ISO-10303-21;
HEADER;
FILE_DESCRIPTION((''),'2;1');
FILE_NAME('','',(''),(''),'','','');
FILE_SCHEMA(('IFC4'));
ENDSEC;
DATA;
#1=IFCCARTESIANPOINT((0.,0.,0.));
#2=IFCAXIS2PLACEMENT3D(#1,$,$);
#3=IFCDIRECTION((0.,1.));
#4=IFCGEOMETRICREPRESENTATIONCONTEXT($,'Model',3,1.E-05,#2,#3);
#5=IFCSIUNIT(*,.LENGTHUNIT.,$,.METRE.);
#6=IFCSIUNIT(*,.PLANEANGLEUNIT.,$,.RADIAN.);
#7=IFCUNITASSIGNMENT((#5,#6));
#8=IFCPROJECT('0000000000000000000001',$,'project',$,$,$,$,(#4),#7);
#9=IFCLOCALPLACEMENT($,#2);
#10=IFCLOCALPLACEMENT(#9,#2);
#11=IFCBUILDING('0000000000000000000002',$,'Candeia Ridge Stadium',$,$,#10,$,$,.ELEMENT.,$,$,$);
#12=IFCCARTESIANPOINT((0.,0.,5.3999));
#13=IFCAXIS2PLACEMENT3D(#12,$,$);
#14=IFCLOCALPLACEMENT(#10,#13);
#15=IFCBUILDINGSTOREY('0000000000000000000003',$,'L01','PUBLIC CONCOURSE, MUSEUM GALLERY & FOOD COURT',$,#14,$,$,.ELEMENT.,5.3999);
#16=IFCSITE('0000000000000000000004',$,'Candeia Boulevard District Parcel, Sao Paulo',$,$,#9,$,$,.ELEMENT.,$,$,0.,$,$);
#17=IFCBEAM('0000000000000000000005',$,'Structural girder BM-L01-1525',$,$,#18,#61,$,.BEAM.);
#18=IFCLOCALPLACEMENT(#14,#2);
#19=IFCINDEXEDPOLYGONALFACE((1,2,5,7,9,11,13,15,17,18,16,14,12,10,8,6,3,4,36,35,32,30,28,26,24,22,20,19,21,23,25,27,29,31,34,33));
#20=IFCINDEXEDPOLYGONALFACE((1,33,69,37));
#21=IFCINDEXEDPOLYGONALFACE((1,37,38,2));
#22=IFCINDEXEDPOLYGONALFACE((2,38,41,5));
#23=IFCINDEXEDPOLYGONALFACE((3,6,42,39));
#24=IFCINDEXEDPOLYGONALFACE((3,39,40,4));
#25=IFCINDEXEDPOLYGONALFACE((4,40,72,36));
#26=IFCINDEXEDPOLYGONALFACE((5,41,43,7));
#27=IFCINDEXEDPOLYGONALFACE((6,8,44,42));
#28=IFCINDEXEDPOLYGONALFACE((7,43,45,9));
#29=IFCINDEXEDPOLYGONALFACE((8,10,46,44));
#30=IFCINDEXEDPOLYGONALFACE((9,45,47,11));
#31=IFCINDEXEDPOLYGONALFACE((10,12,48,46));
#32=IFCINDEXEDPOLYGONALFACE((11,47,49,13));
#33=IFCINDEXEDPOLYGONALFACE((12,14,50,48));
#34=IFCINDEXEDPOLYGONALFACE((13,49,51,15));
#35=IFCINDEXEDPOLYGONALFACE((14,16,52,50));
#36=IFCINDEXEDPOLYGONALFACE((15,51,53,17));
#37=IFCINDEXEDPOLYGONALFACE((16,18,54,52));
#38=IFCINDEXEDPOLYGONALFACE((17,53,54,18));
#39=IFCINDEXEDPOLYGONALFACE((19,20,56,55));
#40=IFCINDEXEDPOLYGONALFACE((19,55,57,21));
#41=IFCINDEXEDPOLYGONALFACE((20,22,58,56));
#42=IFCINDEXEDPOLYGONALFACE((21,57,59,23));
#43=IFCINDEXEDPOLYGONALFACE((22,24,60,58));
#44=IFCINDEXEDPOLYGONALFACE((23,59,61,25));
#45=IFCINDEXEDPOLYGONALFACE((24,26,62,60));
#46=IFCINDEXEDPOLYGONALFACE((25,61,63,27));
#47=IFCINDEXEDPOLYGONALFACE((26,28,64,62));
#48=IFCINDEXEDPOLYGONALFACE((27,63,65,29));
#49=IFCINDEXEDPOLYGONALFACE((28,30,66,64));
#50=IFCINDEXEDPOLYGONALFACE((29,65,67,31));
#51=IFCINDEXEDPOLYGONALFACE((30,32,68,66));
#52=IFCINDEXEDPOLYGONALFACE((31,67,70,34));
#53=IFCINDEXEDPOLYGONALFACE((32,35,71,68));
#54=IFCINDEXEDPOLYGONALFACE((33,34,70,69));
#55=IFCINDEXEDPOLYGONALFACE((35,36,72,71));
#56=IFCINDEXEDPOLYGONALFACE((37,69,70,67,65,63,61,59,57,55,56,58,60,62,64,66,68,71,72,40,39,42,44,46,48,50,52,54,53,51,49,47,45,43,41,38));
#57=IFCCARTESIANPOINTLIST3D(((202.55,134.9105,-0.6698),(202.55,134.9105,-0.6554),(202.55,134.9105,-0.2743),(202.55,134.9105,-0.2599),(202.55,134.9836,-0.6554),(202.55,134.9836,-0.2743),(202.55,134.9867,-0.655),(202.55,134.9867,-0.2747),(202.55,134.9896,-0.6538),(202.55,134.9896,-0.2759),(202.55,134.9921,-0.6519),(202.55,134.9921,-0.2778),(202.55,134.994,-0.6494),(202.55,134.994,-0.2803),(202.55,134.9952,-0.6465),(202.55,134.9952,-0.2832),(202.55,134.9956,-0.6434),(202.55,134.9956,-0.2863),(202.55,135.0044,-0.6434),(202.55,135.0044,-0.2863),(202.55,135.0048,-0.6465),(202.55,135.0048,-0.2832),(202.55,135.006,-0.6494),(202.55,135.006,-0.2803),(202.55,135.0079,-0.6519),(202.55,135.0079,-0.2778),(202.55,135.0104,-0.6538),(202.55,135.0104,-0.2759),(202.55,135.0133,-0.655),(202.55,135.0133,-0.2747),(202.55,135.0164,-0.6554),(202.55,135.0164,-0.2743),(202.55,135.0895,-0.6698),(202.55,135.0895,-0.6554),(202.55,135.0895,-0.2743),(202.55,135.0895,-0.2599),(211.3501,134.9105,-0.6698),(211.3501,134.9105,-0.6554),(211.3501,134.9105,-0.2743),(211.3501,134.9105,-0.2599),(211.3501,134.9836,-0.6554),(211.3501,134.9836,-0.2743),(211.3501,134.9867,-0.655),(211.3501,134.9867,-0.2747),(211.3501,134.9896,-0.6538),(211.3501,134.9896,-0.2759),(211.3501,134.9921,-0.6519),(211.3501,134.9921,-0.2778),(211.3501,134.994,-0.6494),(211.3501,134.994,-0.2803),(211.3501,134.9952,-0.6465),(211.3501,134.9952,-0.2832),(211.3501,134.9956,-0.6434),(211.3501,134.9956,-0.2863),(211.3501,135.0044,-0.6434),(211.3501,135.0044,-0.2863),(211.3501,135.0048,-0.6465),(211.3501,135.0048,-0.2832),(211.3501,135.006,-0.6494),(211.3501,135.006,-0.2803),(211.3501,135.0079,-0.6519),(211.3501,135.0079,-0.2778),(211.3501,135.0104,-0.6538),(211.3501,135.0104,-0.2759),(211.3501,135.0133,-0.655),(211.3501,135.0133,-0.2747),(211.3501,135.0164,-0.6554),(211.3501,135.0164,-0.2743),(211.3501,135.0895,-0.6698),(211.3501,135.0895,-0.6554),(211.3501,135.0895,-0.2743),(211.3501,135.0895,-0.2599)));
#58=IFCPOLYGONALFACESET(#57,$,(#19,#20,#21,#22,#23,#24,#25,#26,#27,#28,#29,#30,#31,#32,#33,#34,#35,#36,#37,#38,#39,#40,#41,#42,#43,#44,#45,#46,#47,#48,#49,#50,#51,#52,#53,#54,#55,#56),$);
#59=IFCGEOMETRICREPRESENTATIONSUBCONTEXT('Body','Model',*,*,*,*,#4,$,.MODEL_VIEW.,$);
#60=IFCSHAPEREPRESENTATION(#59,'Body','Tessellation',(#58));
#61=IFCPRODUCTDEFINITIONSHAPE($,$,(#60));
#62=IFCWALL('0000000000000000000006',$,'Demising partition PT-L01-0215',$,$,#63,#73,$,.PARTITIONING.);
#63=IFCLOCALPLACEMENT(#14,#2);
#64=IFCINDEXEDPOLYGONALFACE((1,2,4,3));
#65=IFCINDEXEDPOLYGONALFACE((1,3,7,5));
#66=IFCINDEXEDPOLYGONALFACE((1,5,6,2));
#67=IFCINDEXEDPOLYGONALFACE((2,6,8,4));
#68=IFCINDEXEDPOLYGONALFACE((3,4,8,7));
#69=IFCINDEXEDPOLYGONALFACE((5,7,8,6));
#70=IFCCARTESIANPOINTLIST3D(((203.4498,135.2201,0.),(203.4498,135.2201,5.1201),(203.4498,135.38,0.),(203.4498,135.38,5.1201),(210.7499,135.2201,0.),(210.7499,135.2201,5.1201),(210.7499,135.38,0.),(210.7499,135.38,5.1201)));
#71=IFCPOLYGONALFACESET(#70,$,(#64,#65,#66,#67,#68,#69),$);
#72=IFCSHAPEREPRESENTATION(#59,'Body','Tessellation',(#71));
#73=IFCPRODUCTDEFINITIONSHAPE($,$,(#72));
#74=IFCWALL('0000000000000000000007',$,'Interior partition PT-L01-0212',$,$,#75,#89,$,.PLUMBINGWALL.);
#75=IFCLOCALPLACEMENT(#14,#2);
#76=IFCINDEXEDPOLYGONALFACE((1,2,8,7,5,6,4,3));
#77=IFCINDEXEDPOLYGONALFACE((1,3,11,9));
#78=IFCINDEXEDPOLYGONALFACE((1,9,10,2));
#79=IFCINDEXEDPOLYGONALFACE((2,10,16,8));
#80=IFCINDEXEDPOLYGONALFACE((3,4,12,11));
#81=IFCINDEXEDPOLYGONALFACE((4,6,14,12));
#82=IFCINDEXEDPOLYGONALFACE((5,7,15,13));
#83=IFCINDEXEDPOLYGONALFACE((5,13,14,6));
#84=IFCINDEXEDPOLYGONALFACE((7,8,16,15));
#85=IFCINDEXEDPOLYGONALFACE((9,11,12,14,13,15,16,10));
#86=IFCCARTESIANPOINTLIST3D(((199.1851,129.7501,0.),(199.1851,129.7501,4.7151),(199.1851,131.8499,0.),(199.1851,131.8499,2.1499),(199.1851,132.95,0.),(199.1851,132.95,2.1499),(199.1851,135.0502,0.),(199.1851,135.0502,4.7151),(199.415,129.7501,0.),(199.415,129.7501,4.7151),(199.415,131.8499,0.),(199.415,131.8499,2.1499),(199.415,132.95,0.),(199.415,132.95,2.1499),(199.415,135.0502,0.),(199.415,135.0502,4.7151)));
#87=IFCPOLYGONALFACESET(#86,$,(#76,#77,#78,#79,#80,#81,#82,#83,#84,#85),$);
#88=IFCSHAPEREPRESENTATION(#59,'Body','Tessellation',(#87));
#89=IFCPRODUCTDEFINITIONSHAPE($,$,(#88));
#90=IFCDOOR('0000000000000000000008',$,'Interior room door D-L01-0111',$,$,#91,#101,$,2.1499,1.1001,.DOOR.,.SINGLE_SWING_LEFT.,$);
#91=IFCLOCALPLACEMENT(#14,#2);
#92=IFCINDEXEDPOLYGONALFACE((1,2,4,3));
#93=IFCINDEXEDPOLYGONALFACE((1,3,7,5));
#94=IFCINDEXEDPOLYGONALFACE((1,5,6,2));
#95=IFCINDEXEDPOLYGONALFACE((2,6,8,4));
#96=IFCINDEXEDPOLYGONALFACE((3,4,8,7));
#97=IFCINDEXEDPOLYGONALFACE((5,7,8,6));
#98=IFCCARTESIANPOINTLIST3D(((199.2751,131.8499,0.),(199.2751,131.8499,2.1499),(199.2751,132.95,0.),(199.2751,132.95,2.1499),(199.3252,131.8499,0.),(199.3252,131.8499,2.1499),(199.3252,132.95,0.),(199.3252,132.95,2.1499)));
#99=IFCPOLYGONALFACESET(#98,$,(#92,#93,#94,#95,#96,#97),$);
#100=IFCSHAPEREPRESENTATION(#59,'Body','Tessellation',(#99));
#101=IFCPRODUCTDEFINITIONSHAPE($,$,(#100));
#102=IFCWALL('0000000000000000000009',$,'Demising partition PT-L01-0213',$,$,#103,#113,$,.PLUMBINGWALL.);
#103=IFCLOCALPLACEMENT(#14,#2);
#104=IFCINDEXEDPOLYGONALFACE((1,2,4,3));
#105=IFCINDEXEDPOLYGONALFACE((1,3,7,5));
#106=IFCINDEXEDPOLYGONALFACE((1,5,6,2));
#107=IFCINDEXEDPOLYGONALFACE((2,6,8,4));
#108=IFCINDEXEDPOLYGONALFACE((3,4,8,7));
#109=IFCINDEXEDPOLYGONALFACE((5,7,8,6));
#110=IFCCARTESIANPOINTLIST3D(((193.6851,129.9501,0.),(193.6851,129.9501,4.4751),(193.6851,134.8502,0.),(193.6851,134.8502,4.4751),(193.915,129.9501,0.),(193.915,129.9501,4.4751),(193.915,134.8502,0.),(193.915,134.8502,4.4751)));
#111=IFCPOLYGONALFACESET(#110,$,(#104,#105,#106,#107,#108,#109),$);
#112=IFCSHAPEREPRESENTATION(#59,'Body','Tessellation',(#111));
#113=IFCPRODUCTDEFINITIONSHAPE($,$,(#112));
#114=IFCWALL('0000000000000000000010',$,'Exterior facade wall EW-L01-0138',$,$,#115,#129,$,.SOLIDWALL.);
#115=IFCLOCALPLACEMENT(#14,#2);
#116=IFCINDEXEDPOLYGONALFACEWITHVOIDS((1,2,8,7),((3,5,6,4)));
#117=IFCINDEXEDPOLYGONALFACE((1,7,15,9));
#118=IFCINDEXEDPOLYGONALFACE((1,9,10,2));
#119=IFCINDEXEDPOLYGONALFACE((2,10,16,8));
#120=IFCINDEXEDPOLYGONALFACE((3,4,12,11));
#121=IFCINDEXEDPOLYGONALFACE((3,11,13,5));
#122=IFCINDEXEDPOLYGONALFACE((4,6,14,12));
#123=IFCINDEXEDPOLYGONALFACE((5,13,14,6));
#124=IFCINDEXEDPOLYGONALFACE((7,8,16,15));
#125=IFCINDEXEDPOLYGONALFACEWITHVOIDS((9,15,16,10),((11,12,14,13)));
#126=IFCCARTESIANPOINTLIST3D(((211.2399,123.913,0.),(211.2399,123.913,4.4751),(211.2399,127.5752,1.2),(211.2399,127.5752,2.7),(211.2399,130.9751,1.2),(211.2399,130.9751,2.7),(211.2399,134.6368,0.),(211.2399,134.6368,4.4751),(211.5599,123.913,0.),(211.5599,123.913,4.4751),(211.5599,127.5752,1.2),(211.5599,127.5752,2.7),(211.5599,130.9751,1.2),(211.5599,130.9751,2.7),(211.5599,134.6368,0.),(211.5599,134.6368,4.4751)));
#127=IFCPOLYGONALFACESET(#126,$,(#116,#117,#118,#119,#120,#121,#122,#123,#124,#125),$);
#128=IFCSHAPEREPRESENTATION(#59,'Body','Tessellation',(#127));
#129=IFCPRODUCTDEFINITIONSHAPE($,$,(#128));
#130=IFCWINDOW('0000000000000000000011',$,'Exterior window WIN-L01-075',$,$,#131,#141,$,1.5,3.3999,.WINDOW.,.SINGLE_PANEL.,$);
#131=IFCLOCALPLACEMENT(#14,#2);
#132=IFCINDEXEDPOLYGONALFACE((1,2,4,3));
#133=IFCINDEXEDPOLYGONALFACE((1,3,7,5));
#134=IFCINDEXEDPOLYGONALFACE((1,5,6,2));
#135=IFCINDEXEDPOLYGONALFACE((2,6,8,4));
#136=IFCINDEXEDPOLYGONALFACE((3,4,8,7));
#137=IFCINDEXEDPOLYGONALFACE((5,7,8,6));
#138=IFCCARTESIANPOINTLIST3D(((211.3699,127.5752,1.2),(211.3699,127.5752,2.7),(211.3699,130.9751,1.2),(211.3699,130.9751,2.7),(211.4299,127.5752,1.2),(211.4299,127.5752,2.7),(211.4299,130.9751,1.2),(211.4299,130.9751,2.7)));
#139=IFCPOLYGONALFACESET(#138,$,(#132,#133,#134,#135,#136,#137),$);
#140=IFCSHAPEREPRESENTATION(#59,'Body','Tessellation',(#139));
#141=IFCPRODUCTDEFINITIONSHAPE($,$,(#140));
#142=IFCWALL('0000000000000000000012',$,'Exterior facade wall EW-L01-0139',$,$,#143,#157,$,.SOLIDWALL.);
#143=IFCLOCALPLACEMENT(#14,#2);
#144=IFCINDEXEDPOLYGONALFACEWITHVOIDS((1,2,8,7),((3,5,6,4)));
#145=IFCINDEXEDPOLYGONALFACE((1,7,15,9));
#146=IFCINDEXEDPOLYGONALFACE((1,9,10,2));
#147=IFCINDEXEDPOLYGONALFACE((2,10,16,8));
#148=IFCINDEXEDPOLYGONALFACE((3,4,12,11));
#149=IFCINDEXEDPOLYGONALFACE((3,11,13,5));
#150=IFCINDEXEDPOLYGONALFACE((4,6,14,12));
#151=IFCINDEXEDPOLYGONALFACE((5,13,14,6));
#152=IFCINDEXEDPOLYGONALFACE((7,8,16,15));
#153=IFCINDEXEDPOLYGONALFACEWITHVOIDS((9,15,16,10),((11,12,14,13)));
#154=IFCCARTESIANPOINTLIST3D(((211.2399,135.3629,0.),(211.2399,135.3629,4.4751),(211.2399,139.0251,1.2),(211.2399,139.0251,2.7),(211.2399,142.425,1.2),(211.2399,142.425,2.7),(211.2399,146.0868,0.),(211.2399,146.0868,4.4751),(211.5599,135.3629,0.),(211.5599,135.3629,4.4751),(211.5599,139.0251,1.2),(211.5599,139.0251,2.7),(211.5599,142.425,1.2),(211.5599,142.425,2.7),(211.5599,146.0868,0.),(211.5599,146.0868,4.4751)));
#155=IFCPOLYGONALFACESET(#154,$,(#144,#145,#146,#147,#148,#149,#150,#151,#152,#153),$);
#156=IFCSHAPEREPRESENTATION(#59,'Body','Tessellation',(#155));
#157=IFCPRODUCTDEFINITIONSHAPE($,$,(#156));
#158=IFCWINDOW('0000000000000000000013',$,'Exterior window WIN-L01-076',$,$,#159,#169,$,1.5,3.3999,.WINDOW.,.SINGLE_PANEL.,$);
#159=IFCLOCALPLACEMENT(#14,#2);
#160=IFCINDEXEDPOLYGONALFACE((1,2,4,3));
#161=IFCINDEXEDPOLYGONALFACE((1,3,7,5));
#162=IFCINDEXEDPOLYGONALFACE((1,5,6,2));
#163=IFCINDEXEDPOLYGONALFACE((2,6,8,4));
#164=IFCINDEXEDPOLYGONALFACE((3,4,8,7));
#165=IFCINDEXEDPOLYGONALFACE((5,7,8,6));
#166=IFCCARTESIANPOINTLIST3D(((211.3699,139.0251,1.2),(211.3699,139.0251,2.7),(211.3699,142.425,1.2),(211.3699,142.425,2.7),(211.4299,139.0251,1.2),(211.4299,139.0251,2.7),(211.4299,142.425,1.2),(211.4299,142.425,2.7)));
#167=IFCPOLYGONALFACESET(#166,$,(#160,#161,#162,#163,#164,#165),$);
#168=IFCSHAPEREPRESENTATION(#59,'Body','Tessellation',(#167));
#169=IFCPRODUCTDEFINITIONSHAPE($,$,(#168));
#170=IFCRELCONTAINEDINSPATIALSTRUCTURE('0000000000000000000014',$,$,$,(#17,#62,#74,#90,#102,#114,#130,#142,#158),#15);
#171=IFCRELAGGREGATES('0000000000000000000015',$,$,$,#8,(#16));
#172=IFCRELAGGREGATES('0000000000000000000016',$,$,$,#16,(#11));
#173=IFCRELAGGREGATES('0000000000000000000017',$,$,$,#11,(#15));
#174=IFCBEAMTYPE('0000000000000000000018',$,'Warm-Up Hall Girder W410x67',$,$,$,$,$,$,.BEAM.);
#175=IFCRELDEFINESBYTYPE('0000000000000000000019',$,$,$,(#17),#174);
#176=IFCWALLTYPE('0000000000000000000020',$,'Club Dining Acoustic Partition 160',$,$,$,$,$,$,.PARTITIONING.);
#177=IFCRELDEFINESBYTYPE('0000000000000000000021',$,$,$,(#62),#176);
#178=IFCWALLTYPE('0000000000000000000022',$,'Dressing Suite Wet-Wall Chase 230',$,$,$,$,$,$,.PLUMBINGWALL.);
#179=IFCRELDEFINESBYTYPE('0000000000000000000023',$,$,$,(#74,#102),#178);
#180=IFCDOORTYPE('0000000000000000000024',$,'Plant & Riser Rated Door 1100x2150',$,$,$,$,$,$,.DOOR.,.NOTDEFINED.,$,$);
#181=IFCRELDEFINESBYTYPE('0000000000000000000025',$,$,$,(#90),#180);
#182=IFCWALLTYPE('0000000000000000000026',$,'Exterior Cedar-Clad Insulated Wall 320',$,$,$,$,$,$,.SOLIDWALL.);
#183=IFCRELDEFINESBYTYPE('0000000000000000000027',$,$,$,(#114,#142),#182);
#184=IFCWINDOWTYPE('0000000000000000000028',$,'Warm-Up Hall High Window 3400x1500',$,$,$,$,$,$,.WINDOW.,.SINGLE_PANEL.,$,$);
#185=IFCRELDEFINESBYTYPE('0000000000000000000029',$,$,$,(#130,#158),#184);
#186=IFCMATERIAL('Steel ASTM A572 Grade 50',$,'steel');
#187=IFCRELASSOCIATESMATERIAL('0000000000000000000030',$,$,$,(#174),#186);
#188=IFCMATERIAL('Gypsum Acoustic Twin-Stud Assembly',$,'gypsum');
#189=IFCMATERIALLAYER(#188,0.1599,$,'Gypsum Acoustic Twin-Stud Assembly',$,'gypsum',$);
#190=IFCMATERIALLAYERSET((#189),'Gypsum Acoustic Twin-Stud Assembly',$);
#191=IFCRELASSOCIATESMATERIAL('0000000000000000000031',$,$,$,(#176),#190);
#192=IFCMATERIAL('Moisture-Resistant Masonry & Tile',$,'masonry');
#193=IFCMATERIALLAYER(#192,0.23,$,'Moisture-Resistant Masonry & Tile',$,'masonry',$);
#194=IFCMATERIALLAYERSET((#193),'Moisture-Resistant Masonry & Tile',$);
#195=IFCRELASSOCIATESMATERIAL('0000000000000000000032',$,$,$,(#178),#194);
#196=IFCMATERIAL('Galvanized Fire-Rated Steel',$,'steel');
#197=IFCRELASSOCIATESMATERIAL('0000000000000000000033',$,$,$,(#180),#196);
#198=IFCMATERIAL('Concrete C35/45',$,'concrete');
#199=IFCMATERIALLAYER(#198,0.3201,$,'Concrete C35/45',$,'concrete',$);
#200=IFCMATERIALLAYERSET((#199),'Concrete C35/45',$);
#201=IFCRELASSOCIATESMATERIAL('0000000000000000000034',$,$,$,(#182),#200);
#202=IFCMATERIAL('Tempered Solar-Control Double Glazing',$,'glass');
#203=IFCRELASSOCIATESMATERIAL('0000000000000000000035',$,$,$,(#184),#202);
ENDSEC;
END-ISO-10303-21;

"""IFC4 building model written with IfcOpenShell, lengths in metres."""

from ifc_helpers import new_model, si_unit, direction, frame, frame_2d, origin, origin_2d, place, context, subcontext, project, spatial, rectangle, i_section, extrude, material, layer, layer_set, material_profile, profile_set, type_object, element, fill, save


model = new_model("IFC4")

# Units and contexts
model_context = context("Model", 3, precision=1e-05, world=origin(), true_north=direction((0.0, 1.0)))
body_context = subcontext(model_context, "Body", "Model", "MODEL_VIEW")
ifc_project = project(units=[si_unit("LENGTHUNIT", "METRE"), si_unit("PLANEANGLEUNIT", "RADIAN")], contexts=[model_context])

# Site, building, storey
site_placement = place(None, origin())
site = spatial("IfcSite", under=ifc_project, at=site_placement, Name="Candeia Boulevard District Parcel, Sao Paulo", CompositionType="ELEMENT", RefElevation=0.0)
building_placement = place(site_placement, origin())
building = spatial("IfcBuilding", under=site, at=building_placement, Name="Candeia Ridge Stadium", CompositionType="ELEMENT")
storey_placement = place(building_placement, frame((0.0, 0.0, 5.3999)))
storey = spatial("IfcBuildingStorey", under=building, at=storey_placement, Name="L01", Description="PUBLIC CONCOURSE, MUSEUM GALLERY & FOOD COURT", CompositionType="ELEMENT", Elevation=5.3999)

# Beam
ifc_material_1 = material(Name="Steel ASTM A572 Grade 50", Category="steel")
ifc_material_profile_1 = material_profile(ifc_material_1, i_section(OverallWidth=0.179, OverallDepth=0.4099, WebThickness=0.0088, FlangeThickness=0.0144, FilletRadius=0.012, at=origin_2d()), Name="W410x67", Category="steel")
ifc_profile_set_1 = profile_set([ifc_material_profile_1], Name="Steel ASTM A572 Grade 50")
beam_type_1 = type_object("IfcBeamType", Name="Warm-Up Hall Girder W410x67", PredefinedType="BEAM", material=ifc_profile_set_1)
for number, where, z_axis, x_axis, name in (
    (1, (202.55, 135.0, -0.4648), (1.0, 0.0, 0.0), (0.0, 1.0, 0.0), "Structural girder BM-L01-1525"),
):
    element("IfcBeam", number, at=place(storey_placement, frame(where, z_axis=z_axis, x_axis=x_axis)), inside=storey, type_object=beam_type_1, Name=name, PredefinedType="BEAM", context=body_context, shape_type="SweptSolid", body=[
        extrude(i_section(OverallWidth=0.179, OverallDepth=0.4099, WebThickness=0.0088, FlangeThickness=0.0144, FilletRadius=0.012, at=origin_2d()), origin(), (0.0, 0.0, 1.0), 8.8),
    ])

# Wall
ifc_material_2 = material(Name="Gypsum Acoustic Twin-Stud Assembly", Category="gypsum")
ifc_layer_1 = layer(ifc_material_2, 0.1599, Name="Gypsum Acoustic Twin-Stud Assembly", Category="gypsum")
ifc_layer_set_1 = layer_set([ifc_layer_1], Name="Gypsum Acoustic Twin-Stud Assembly")
wall_type_1 = type_object("IfcWallType", Name="Club Dining Acoustic Partition 160", PredefinedType="PARTITIONING", material=ifc_layer_set_1)
wall_1_placement = place(storey_placement, frame((203.45, 135.3, 0.0), z_axis=(0.0, 0.0, 1.0), x_axis=(1.0, 0.0, 0.0)))
element("IfcWall", 2, at=wall_1_placement, inside=storey, type_object=wall_type_1, Name="Demising partition PT-L01-0215", PredefinedType="PARTITIONING", context=body_context, shape_type="SweptSolid", body=[
    extrude(rectangle(XDim=7.3, YDim=0.1599, at=frame_2d((3.6499, 0.0))), origin(), (0.0, 0.0, 1.0), 5.1201),
])

# Wall, opening, door
ifc_material_3 = material(Name="Moisture-Resistant Masonry & Tile", Category="masonry")
ifc_layer_2 = layer(ifc_material_3, 0.23, Name="Moisture-Resistant Masonry & Tile", Category="masonry")
ifc_layer_set_2 = layer_set([ifc_layer_2], Name="Moisture-Resistant Masonry & Tile")
wall_type_2 = type_object("IfcWallType", Name="Dressing Suite Wet-Wall Chase 230", PredefinedType="PLUMBINGWALL", material=ifc_layer_set_2)
wall_2_placement = place(storey_placement, frame((199.3, 135.05, 0.0), z_axis=(0.0, 0.0, 1.0), x_axis=(0.0, -1.0, 0.0)))
wall_2 = element("IfcWall", 3, at=wall_2_placement, inside=storey, type_object=wall_type_2, Name="Interior partition PT-L01-0212", PredefinedType="PLUMBINGWALL", context=body_context, shape_type="SweptSolid", body=[
    extrude(rectangle(XDim=5.3, YDim=0.23, at=frame_2d((2.6499, 0.0))), origin(), (0.0, 0.0, 1.0), 4.7151),
])
opening_1_placement = place(wall_2_placement, frame((2.1001, 0.0, 0.0)))
opening_1 = element("IfcOpeningElement", 4, at=opening_1_placement, cuts=wall_2, PredefinedType="OPENING", context=body_context, shape_type="SweptSolid", body=[
    extrude(rectangle(XDim=1.1001, YDim=2.1499, at=frame_2d((0.55, 1.075))), frame((0.0, 0.125, 0.0), z_axis=(0.0, -1.0, 0.0), x_axis=(1.0, 0.0, 0.0)), (0.0, 0.0, 1.0), 0.25),
])
ifc_material_4 = material(Name="Galvanized Fire-Rated Steel", Category="steel")
door_type_1 = type_object("IfcDoorType", Name="Plant & Riser Rated Door 1100x2150", OperationType="NOTDEFINED", PredefinedType="DOOR", material=ifc_material_4)
door_1_placement = place(opening_1_placement, frame((1.1001, 0.0, 0.0), z_axis=(0.0, 0.0, 1.0), x_axis=(-1.0, 0.0, 0.0)))
door_1 = element("IfcDoor", 5, at=door_1_placement, inside=storey, type_object=door_type_1, Name="Interior room door D-L01-0111", OperationType="SINGLE_SWING_LEFT", OverallHeight=2.1499, OverallWidth=1.1001, PredefinedType="DOOR", context=body_context, shape_type="SweptSolid", body=[
    extrude(rectangle(XDim=1.1001, YDim=2.1499, at=frame_2d((0.55, 1.075))), frame((0.0, 0.0249, 0.0), z_axis=(0.0, -1.0, 0.0), x_axis=(1.0, 0.0, 0.0)), (0.0, 0.0, 1.0), 0.05),
])
fill(opening_1, door_1)

# Wall
wall_3_placement = place(storey_placement, frame((193.8, 129.95, 0.0), z_axis=(0.0, 0.0, 1.0), x_axis=(0.0, 1.0, 0.0)))
element("IfcWall", 6, at=wall_3_placement, inside=storey, type_object=wall_type_2, Name="Demising partition PT-L01-0213", PredefinedType="PLUMBINGWALL", context=body_context, shape_type="SweptSolid", body=[
    extrude(rectangle(XDim=4.9001, YDim=0.23, at=frame_2d((2.4502, 0.0))), origin(), (0.0, 0.0, 1.0), 4.4751),
])

# Walls, openings, windows
ifc_material_5 = material(Name="Concrete C35/45", Category="concrete")
ifc_layer_3 = layer(ifc_material_5, 0.3201, Name="Concrete C35/45", Category="concrete")
ifc_layer_set_3 = layer_set([ifc_layer_3], Name="Concrete C35/45")
wall_type_3 = type_object("IfcWallType", Name="Exterior Cedar-Clad Insulated Wall 320", PredefinedType="SOLIDWALL", material=ifc_layer_set_3)
wall_4_placement = place(storey_placement, frame((211.3999, 123.9131, 0.0), z_axis=(0.0, 0.0, 1.0), x_axis=(0.0, 1.0, 0.0)))
wall_4 = element("IfcWall", 7, at=wall_4_placement, inside=storey, type_object=wall_type_3, Name="Exterior facade wall EW-L01-0138", PredefinedType="SOLIDWALL", context=body_context, shape_type="SweptSolid", body=[
    extrude(rectangle(XDim=10.7239, YDim=0.3201, at=frame_2d((5.3618, 0.0))), origin(), (0.0, 0.0, 1.0), 4.4751),
])
opening_2_placement = place(wall_4_placement, frame((3.6621, 0.0, 1.2)))
opening_2 = element("IfcOpeningElement", 8, at=opening_2_placement, cuts=wall_4, PredefinedType="OPENING", context=body_context, shape_type="SweptSolid", body=[
    extrude(rectangle(XDim=3.3999, YDim=1.5, at=frame_2d((1.7, 0.75))), frame((0.0, 0.1699, 0.0), z_axis=(0.0, -1.0, 0.0), x_axis=(1.0, 0.0, 0.0)), (0.0, 0.0, 1.0), 0.3401),
])
ifc_material_6 = material(Name="Tempered Solar-Control Double Glazing", Category="glass")
window_type = type_object("IfcWindowType", Name="Warm-Up Hall High Window 3400x1500", PartitioningType="SINGLE_PANEL", PredefinedType="WINDOW", material=ifc_material_6)
window_1_placement = place(opening_2_placement, origin())
window_1 = element("IfcWindow", 9, at=window_1_placement, inside=storey, type_object=window_type, Name="Exterior window WIN-L01-075", OverallHeight=1.5, OverallWidth=3.3999, PartitioningType="SINGLE_PANEL", PredefinedType="WINDOW", context=body_context, shape_type="SweptSolid", body=[
    extrude(rectangle(XDim=3.3999, YDim=1.5, at=frame_2d((1.7, 0.75))), frame((0.0, 0.03, 0.0), z_axis=(0.0, -1.0, 0.0), x_axis=(1.0, 0.0, 0.0)), (0.0, 0.0, 1.0), 0.0601),
])
fill(opening_2, window_1)
wall_5_placement = place(storey_placement, frame((211.3999, 135.363, 0.0), z_axis=(0.0, 0.0, 1.0), x_axis=(0.0, 1.0, 0.0)))
wall_5 = element("IfcWall", 10, at=wall_5_placement, inside=storey, type_object=wall_type_3, Name="Exterior facade wall EW-L01-0139", PredefinedType="SOLIDWALL", context=body_context, shape_type="SweptSolid", body=[
    extrude(rectangle(XDim=10.7239, YDim=0.3201, at=frame_2d((5.3618, 0.0))), origin(), (0.0, 0.0, 1.0), 4.4751),
])
opening_3_placement = place(wall_5_placement, frame((3.6621, 0.0, 1.2)))
opening_3 = element("IfcOpeningElement", 11, at=opening_3_placement, cuts=wall_5, PredefinedType="OPENING", context=body_context, shape_type="SweptSolid", body=[
    extrude(rectangle(XDim=3.3999, YDim=1.5, at=frame_2d((1.7, 0.75))), frame((0.0, 0.1699, 0.0), z_axis=(0.0, -1.0, 0.0), x_axis=(1.0, 0.0, 0.0)), (0.0, 0.0, 1.0), 0.3401),
])
window_2_placement = place(opening_3_placement, origin())
window_2 = element("IfcWindow", 12, at=window_2_placement, inside=storey, type_object=window_type, Name="Exterior window WIN-L01-076", OverallHeight=1.5, OverallWidth=3.3999, PartitioningType="SINGLE_PANEL", PredefinedType="WINDOW", context=body_context, shape_type="SweptSolid", body=[
    extrude(rectangle(XDim=3.3999, YDim=1.5, at=frame_2d((1.7, 0.75))), frame((0.0, 0.03, 0.0), z_axis=(0.0, -1.0, 0.0), x_axis=(1.0, 0.0, 0.0)), (0.0, 0.0, 1.0), 0.0601),
])
fill(opening_3, window_2)

save(model, "model.ifc")
